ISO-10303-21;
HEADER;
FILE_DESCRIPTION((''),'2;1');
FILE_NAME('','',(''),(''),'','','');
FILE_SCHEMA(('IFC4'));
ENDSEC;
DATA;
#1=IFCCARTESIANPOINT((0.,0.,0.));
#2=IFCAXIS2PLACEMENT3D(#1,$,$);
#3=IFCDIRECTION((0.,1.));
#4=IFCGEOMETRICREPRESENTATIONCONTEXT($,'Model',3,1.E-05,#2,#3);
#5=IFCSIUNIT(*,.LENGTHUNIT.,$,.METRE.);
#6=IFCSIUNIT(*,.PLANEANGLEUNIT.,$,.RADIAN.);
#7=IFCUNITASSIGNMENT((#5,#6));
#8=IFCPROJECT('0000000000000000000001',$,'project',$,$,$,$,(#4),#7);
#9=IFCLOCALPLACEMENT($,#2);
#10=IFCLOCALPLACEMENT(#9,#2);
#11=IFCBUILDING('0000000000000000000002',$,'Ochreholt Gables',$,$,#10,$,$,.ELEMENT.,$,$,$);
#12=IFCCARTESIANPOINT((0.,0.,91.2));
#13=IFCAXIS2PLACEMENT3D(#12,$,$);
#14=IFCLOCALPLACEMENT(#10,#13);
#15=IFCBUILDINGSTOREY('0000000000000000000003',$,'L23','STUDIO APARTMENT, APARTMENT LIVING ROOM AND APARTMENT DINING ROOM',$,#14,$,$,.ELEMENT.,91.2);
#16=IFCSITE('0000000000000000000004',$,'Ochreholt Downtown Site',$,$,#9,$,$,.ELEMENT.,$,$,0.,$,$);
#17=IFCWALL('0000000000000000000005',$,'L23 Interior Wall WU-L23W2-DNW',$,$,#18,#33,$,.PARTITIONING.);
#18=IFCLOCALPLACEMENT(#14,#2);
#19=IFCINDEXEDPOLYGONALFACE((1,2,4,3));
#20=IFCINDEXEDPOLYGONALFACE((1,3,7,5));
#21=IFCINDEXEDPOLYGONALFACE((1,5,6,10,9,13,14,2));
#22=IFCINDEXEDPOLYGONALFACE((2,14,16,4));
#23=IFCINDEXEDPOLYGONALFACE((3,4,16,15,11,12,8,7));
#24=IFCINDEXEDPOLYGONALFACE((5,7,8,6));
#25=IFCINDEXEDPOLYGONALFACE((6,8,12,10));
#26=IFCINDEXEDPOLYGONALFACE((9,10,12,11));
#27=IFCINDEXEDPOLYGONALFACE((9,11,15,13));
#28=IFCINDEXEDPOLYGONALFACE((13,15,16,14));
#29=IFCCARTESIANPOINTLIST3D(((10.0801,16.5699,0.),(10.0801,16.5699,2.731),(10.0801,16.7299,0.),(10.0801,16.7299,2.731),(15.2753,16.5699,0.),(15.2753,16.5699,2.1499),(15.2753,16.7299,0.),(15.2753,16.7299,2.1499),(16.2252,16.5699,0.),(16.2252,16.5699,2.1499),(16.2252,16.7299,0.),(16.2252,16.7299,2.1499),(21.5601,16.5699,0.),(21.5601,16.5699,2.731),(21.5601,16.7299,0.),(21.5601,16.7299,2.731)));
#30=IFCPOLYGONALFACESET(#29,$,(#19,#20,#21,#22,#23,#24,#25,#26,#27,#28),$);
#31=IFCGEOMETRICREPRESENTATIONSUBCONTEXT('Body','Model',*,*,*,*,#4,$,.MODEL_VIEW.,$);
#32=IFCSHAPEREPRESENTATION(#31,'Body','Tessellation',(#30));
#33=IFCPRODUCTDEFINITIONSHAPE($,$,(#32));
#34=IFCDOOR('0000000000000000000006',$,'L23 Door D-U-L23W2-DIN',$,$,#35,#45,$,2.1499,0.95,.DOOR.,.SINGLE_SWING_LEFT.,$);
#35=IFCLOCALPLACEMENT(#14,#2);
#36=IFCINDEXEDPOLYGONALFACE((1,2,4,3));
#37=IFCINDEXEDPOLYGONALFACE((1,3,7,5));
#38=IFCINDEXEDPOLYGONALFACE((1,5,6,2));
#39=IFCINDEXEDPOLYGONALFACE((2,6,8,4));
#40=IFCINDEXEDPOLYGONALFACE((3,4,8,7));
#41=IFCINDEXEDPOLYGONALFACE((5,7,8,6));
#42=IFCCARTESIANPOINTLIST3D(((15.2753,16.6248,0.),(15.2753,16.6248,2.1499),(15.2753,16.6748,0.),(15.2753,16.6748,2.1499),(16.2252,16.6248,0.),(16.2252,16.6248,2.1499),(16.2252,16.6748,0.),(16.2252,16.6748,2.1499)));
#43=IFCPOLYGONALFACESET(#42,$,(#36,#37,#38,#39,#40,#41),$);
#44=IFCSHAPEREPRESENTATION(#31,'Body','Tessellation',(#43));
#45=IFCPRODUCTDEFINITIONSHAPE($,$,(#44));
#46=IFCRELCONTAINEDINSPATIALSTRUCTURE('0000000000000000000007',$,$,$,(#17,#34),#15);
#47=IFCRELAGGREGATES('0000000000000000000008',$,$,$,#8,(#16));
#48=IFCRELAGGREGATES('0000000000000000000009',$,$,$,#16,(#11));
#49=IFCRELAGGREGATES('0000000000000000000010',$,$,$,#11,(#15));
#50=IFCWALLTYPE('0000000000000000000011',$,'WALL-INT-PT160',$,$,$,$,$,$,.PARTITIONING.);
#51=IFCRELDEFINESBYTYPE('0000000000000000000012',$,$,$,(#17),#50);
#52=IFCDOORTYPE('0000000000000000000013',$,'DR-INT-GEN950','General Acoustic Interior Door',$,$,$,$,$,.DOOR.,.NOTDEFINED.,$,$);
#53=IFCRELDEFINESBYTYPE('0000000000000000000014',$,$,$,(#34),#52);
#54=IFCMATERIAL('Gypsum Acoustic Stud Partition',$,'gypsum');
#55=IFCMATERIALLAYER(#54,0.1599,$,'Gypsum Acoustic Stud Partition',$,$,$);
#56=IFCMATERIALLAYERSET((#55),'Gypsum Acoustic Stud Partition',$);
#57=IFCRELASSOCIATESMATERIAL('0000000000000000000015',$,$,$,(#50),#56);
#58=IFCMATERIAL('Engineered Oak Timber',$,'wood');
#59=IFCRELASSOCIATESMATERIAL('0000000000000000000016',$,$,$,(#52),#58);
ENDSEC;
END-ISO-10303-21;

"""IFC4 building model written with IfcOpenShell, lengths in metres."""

from ifc_helpers import new_model, si_unit, direction, frame, frame_2d, origin, place, context, subcontext, project, spatial, rectangle, extrude, material, layer, layer_set, type_object, element, fill, save


model = new_model("IFC4")

# Units and contexts
model_context = context("Model", 3, precision=1e-05, world=origin(), true_north=direction((0.0, 1.0)))
body_context = subcontext(model_context, "Body", "Model", "MODEL_VIEW")
ifc_project = project(units=[si_unit("LENGTHUNIT", "METRE"), si_unit("PLANEANGLEUNIT", "RADIAN")], contexts=[model_context])

# Site, building, storey
site_placement = place(None, origin())
site = spatial("IfcSite", under=ifc_project, at=site_placement, Name="Ochreholt Downtown Site", CompositionType="ELEMENT", RefElevation=0.0)
building_placement = place(site_placement, origin())
building = spatial("IfcBuilding", under=site, at=building_placement, Name="Ochreholt Gables", CompositionType="ELEMENT")
storey_placement = place(building_placement, frame((0.0, 0.0, 91.2)))
storey = spatial("IfcBuildingStorey", under=building, at=storey_placement, Name="L23", Description="STUDIO APARTMENT, APARTMENT LIVING ROOM AND APARTMENT DINING ROOM", CompositionType="ELEMENT", Elevation=91.2)

# Wall, opening, door
ifc_material_1 = material(Name="Gypsum Acoustic Stud Partition", Category="gypsum")
ifc_layer_1 = layer(ifc_material_1, 0.1599, Name="Gypsum Acoustic Stud Partition")
ifc_layer_set_1 = layer_set([ifc_layer_1], Name="Gypsum Acoustic Stud Partition")
wall_type_1 = type_object("IfcWallType", Name="WALL-INT-PT160", PredefinedType="PARTITIONING", material=ifc_layer_set_1)
wall_1_placement = place(storey_placement, frame((10.0801, 16.6499, 0.0), z_axis=(0.0, 0.0, 1.0), x_axis=(1.0, 0.0, 0.0)))
wall_1 = element("IfcWall", 1, at=wall_1_placement, inside=storey, type_object=wall_type_1, Name="L23 Interior Wall WU-L23W2-DNW", PredefinedType="PARTITIONING", context=body_context, shape_type="SweptSolid", body=[
    extrude(rectangle(XDim=11.48, YDim=0.1599, at=frame_2d((5.74, 0.0))), origin(), (0.0, 0.0, 1.0), 2.731),
])
opening_placement = place(wall_1_placement, frame((5.1951, 0.0, 0.0)))
opening = element("IfcOpeningElement", 2, at=opening_placement, cuts=wall_1, PredefinedType="OPENING", context=body_context, shape_type="SweptSolid", body=[
    extrude(rectangle(XDim=0.95, YDim=2.1499, at=frame_2d((0.4751, 1.075))), frame((0.0, 0.0898, 0.0), z_axis=(0.0, -1.0, 0.0), x_axis=(1.0, 0.0, 0.0)), (0.0, 0.0, 1.0), 0.1799),
])
ifc_material_2 = material(Name="Engineered Oak Timber", Category="wood")
door_type = type_object("IfcDoorType", Name="DR-INT-GEN950", Description="General Acoustic Interior Door", OperationType="NOTDEFINED", PredefinedType="DOOR", material=ifc_material_2)
door_placement = place(opening_placement, origin())
door = element("IfcDoor", 3, at=door_placement, inside=storey, type_object=door_type, Name="L23 Door D-U-L23W2-DIN", OperationType="SINGLE_SWING_LEFT", OverallHeight=2.1499, OverallWidth=0.95, PredefinedType="DOOR", context=body_context, shape_type="SweptSolid", body=[
    extrude(rectangle(XDim=0.95, YDim=2.1499, at=frame_2d((0.4751, 1.075))), frame((0.0, 0.0249, 0.0), z_axis=(0.0, -1.0, 0.0), x_axis=(1.0, 0.0, 0.0)), (0.0, 0.0, 1.0), 0.05),
])
fill(opening, door)

save(model, "model.ifc")
